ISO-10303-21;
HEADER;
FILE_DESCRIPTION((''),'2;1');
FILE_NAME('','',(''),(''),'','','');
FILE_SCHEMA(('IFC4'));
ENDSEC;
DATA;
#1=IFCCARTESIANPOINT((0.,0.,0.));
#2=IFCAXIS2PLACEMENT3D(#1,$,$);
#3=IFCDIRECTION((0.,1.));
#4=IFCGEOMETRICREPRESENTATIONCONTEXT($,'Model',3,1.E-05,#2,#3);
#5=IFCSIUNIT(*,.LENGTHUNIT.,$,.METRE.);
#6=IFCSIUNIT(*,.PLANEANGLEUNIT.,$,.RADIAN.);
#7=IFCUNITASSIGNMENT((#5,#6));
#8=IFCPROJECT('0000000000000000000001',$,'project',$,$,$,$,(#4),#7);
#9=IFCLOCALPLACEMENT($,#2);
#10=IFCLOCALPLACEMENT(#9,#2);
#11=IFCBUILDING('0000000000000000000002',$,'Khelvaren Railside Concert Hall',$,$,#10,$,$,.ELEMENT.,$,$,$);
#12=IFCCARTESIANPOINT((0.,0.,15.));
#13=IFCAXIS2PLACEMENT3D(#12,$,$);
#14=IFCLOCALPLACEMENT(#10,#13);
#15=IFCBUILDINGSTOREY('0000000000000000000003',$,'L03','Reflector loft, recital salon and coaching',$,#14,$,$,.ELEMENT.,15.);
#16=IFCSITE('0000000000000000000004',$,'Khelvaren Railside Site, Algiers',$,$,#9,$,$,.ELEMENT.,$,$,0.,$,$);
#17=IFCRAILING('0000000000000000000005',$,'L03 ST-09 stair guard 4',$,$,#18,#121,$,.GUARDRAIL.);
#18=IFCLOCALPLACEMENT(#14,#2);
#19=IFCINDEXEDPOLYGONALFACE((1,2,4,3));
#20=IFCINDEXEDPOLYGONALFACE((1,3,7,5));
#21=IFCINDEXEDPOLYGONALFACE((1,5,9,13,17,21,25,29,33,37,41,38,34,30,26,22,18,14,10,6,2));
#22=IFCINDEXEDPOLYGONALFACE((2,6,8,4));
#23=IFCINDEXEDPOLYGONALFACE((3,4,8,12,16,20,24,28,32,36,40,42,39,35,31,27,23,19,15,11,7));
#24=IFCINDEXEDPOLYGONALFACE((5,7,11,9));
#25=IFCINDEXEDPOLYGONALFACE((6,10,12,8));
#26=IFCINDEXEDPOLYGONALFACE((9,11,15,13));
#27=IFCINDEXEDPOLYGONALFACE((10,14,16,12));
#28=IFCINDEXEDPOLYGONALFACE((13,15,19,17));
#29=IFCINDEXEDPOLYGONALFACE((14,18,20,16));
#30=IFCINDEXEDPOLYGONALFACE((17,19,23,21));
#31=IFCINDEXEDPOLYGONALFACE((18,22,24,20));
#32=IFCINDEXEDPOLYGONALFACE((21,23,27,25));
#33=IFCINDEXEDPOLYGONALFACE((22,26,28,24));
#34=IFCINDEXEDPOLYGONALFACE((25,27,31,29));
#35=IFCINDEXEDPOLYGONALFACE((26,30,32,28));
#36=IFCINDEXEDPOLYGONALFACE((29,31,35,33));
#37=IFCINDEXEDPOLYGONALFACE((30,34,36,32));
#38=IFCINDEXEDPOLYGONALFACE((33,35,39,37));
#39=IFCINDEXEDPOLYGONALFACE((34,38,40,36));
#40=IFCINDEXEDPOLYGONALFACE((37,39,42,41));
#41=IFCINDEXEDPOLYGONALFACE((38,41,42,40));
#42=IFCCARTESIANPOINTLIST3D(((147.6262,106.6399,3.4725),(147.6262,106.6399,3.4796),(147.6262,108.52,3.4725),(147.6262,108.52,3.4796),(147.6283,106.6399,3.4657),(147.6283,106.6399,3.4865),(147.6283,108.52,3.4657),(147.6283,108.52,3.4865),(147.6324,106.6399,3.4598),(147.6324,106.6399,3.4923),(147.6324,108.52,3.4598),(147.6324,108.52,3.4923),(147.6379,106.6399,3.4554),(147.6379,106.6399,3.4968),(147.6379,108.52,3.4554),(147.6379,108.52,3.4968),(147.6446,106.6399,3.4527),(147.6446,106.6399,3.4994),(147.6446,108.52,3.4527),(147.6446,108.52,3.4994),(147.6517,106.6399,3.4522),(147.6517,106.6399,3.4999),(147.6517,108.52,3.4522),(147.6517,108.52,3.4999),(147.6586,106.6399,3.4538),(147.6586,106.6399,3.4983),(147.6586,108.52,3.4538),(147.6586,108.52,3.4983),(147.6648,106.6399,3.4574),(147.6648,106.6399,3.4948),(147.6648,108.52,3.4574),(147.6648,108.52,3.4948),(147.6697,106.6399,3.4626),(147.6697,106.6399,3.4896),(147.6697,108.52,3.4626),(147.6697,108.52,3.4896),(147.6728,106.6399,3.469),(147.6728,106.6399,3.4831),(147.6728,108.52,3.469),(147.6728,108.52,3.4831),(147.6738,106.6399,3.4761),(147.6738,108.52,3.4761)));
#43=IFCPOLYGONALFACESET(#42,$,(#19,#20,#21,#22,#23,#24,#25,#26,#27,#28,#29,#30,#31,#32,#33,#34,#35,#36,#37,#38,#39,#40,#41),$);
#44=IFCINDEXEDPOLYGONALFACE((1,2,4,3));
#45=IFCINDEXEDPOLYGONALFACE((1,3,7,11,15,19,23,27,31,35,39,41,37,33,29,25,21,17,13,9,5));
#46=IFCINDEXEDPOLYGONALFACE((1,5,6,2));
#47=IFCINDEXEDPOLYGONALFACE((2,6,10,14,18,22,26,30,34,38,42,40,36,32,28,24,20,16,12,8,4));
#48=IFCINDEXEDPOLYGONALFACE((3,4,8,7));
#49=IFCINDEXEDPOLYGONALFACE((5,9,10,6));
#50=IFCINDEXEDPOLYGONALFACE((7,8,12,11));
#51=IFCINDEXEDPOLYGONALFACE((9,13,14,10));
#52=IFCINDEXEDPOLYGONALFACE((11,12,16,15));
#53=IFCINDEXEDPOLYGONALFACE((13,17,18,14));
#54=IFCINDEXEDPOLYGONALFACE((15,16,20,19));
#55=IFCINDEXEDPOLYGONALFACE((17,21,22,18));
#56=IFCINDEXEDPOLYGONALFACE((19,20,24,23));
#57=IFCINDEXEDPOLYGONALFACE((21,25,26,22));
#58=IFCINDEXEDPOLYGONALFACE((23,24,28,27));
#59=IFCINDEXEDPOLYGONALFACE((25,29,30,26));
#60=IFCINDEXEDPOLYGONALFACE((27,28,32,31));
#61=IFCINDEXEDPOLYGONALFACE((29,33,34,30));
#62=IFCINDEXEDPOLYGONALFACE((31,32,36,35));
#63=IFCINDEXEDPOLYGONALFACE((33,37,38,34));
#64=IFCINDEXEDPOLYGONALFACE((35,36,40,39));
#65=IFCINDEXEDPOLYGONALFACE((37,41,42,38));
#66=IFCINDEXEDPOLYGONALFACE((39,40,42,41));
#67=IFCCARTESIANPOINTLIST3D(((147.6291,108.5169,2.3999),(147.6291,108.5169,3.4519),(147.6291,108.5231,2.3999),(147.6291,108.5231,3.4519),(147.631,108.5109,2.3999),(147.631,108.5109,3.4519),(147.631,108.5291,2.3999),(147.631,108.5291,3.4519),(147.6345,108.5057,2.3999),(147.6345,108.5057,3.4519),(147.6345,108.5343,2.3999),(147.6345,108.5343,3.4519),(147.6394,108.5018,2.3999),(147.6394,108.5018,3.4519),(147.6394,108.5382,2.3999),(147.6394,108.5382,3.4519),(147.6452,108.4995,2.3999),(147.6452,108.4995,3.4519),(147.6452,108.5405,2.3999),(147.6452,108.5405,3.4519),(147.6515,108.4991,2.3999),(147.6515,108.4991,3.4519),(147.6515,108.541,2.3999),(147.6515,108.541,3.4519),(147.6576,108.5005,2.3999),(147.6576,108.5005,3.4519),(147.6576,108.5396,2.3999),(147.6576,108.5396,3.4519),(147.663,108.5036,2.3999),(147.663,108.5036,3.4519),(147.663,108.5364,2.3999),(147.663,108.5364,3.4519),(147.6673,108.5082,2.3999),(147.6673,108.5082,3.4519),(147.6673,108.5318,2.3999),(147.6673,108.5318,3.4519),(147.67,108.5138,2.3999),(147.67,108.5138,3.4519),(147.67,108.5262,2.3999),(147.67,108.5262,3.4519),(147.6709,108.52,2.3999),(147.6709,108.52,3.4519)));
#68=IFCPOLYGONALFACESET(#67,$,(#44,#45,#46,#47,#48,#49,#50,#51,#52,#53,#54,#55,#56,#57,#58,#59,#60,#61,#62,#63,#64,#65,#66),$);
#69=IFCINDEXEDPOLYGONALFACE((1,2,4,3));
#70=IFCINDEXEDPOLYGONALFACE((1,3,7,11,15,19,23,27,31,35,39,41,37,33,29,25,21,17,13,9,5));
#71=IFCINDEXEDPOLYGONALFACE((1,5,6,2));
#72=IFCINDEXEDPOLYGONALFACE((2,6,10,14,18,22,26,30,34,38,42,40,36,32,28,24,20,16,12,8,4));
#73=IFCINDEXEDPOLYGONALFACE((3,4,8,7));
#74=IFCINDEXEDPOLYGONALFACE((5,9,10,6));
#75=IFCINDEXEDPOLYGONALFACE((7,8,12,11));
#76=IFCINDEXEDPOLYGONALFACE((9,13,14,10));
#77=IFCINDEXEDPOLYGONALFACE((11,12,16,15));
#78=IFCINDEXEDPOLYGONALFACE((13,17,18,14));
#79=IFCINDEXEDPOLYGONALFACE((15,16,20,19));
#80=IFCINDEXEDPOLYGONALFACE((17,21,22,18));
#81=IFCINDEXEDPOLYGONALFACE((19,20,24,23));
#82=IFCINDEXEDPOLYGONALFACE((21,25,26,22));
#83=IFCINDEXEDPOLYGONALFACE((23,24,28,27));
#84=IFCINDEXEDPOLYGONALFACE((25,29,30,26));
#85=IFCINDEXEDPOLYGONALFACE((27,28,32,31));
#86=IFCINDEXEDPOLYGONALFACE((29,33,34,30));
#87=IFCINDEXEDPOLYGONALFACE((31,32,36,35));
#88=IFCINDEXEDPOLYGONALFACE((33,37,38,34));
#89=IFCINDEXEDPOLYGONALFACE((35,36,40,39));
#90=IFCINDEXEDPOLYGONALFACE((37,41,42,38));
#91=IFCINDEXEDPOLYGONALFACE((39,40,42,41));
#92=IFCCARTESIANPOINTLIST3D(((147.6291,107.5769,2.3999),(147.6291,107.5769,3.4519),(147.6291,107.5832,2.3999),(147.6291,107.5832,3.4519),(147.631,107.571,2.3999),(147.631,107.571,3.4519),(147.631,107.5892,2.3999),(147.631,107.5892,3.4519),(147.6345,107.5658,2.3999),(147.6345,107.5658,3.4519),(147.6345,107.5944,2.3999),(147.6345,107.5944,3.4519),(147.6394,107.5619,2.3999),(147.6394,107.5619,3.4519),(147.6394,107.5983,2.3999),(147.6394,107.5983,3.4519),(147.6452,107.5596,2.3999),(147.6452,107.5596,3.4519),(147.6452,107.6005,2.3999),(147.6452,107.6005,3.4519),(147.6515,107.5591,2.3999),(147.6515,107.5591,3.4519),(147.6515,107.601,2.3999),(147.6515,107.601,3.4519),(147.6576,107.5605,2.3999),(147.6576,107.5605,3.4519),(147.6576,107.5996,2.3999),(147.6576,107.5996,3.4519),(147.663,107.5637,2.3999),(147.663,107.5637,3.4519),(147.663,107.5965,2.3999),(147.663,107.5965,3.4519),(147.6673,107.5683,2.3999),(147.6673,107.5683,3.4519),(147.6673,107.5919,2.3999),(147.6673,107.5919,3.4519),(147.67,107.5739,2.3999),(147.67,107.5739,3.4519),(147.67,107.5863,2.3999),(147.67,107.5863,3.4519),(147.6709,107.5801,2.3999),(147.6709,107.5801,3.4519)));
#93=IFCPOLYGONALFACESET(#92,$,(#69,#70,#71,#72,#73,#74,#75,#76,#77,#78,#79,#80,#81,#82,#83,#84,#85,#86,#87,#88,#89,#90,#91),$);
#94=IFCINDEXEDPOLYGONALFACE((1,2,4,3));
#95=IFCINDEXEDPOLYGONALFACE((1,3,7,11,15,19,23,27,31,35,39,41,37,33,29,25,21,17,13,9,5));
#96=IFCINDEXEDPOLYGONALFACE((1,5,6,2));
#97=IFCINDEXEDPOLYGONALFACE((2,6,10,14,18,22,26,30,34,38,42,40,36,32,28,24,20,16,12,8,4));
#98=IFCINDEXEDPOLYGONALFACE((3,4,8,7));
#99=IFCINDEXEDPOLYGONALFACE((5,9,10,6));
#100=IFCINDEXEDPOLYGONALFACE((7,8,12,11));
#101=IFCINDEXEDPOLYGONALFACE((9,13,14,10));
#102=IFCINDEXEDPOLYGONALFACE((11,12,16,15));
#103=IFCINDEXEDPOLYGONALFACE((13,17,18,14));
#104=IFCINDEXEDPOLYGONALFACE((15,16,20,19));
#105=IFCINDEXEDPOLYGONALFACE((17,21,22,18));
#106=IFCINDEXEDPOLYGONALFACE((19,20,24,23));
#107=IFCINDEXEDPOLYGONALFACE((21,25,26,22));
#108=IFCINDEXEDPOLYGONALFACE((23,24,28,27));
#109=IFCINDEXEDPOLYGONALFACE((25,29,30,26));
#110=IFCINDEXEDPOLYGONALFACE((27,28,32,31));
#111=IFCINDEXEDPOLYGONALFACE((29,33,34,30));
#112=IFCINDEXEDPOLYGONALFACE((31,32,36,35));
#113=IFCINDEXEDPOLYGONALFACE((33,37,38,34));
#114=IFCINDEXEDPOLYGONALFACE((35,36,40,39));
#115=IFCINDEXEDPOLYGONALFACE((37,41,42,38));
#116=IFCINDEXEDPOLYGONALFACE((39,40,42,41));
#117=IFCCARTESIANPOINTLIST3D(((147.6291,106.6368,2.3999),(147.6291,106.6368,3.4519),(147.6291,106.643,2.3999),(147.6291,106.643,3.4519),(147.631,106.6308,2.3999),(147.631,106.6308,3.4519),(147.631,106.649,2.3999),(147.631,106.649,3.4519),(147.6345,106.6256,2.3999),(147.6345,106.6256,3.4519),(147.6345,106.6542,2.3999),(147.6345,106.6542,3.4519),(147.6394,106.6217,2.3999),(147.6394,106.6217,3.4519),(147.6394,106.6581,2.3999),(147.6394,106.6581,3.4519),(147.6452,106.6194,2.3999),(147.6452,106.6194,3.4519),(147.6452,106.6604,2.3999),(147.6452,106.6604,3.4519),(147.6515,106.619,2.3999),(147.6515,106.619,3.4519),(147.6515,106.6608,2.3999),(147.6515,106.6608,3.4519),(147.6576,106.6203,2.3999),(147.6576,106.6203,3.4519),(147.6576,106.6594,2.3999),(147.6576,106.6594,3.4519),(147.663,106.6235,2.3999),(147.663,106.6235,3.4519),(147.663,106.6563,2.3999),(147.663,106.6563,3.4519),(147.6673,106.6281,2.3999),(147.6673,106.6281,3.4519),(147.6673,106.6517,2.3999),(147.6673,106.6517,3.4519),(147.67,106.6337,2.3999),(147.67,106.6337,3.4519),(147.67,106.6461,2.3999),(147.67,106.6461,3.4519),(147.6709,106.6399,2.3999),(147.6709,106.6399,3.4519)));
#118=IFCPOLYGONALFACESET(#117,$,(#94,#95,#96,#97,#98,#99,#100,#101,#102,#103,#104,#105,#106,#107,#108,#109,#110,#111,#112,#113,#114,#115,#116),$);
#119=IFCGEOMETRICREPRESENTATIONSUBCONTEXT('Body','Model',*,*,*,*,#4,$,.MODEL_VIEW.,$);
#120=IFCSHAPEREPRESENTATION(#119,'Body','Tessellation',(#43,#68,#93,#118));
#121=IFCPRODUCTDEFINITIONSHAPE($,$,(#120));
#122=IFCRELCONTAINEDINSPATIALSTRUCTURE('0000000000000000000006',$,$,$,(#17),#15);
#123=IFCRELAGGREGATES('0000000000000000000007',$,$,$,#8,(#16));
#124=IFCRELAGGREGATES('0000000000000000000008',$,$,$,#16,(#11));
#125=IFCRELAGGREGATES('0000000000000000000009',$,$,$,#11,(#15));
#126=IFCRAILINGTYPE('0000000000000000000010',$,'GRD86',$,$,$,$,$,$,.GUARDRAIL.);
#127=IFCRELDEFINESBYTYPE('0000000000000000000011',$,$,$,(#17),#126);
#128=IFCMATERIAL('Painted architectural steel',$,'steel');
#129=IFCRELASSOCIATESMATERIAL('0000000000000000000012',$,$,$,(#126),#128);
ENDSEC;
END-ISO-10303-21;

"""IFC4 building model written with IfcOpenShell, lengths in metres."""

from ifc_helpers import new_model, si_unit, direction, frame, origin, origin_2d, place, context, subcontext, project, spatial, circle, extrude, material, type_object, element, save


model = new_model("IFC4")

# Units and contexts
model_context = context("Model", 3, precision=1e-05, world=origin(), true_north=direction((0.0, 1.0)))
body_context = subcontext(model_context, "Body", "Model", "MODEL_VIEW")
ifc_project = project(units=[si_unit("LENGTHUNIT", "METRE"), si_unit("PLANEANGLEUNIT", "RADIAN")], contexts=[model_context])

# Site, building, storey
site_placement = place(None, origin())
site = spatial("IfcSite", under=ifc_project, at=site_placement, Name="Khelvaren Railside Site, Algiers", CompositionType="ELEMENT", RefElevation=0.0)
building_placement = place(site_placement, origin())
building = spatial("IfcBuilding", under=site, at=building_placement, Name="Khelvaren Railside Concert Hall", CompositionType="ELEMENT")
storey_placement = place(building_placement, frame((0.0, 0.0, 15.0)))
storey = spatial("IfcBuildingStorey", under=building, at=storey_placement, Name="L03", Description="Reflector loft, recital salon and coaching", CompositionType="ELEMENT", Elevation=15.0)

# Railing
ifc_material_1 = material(Name="Painted architectural steel", Category="steel")
railing_type_1 = type_object("IfcRailingType", Name="GRD86", PredefinedType="GUARDRAIL", material=ifc_material_1)
for number, where, name in (
    (1, (147.6499, 108.52, 2.3999), "L03 ST-09 stair guard 4"),
):
    element("IfcRailing", number, at=place(storey_placement, frame(where)), inside=storey, type_object=railing_type_1, Name=name, PredefinedType="GUARDRAIL", context=body_context, shape_type="SweptSolid", body=[
        extrude(circle(Radius=0.0239, at=origin_2d()), frame((0.0, 0.0, 1.0762), z_axis=(0.0, -1.0, 0.0), x_axis=(1.0, 0.0, 0.0)), (0.0, 0.0, 1.0), 1.8801),
        extrude(circle(Radius=0.021, at=origin_2d()), origin(), (0.0, 0.0, 1.0), 1.052),
        extrude(circle(Radius=0.021, at=origin_2d()), frame((0.0, -0.9399, 0.0)), (0.0, 0.0, 1.0), 1.052),
        extrude(circle(Radius=0.021, at=origin_2d()), frame((0.0, -1.8801, 0.0)), (0.0, 0.0, 1.0), 1.052),
    ])

save(model, "model.ifc")
